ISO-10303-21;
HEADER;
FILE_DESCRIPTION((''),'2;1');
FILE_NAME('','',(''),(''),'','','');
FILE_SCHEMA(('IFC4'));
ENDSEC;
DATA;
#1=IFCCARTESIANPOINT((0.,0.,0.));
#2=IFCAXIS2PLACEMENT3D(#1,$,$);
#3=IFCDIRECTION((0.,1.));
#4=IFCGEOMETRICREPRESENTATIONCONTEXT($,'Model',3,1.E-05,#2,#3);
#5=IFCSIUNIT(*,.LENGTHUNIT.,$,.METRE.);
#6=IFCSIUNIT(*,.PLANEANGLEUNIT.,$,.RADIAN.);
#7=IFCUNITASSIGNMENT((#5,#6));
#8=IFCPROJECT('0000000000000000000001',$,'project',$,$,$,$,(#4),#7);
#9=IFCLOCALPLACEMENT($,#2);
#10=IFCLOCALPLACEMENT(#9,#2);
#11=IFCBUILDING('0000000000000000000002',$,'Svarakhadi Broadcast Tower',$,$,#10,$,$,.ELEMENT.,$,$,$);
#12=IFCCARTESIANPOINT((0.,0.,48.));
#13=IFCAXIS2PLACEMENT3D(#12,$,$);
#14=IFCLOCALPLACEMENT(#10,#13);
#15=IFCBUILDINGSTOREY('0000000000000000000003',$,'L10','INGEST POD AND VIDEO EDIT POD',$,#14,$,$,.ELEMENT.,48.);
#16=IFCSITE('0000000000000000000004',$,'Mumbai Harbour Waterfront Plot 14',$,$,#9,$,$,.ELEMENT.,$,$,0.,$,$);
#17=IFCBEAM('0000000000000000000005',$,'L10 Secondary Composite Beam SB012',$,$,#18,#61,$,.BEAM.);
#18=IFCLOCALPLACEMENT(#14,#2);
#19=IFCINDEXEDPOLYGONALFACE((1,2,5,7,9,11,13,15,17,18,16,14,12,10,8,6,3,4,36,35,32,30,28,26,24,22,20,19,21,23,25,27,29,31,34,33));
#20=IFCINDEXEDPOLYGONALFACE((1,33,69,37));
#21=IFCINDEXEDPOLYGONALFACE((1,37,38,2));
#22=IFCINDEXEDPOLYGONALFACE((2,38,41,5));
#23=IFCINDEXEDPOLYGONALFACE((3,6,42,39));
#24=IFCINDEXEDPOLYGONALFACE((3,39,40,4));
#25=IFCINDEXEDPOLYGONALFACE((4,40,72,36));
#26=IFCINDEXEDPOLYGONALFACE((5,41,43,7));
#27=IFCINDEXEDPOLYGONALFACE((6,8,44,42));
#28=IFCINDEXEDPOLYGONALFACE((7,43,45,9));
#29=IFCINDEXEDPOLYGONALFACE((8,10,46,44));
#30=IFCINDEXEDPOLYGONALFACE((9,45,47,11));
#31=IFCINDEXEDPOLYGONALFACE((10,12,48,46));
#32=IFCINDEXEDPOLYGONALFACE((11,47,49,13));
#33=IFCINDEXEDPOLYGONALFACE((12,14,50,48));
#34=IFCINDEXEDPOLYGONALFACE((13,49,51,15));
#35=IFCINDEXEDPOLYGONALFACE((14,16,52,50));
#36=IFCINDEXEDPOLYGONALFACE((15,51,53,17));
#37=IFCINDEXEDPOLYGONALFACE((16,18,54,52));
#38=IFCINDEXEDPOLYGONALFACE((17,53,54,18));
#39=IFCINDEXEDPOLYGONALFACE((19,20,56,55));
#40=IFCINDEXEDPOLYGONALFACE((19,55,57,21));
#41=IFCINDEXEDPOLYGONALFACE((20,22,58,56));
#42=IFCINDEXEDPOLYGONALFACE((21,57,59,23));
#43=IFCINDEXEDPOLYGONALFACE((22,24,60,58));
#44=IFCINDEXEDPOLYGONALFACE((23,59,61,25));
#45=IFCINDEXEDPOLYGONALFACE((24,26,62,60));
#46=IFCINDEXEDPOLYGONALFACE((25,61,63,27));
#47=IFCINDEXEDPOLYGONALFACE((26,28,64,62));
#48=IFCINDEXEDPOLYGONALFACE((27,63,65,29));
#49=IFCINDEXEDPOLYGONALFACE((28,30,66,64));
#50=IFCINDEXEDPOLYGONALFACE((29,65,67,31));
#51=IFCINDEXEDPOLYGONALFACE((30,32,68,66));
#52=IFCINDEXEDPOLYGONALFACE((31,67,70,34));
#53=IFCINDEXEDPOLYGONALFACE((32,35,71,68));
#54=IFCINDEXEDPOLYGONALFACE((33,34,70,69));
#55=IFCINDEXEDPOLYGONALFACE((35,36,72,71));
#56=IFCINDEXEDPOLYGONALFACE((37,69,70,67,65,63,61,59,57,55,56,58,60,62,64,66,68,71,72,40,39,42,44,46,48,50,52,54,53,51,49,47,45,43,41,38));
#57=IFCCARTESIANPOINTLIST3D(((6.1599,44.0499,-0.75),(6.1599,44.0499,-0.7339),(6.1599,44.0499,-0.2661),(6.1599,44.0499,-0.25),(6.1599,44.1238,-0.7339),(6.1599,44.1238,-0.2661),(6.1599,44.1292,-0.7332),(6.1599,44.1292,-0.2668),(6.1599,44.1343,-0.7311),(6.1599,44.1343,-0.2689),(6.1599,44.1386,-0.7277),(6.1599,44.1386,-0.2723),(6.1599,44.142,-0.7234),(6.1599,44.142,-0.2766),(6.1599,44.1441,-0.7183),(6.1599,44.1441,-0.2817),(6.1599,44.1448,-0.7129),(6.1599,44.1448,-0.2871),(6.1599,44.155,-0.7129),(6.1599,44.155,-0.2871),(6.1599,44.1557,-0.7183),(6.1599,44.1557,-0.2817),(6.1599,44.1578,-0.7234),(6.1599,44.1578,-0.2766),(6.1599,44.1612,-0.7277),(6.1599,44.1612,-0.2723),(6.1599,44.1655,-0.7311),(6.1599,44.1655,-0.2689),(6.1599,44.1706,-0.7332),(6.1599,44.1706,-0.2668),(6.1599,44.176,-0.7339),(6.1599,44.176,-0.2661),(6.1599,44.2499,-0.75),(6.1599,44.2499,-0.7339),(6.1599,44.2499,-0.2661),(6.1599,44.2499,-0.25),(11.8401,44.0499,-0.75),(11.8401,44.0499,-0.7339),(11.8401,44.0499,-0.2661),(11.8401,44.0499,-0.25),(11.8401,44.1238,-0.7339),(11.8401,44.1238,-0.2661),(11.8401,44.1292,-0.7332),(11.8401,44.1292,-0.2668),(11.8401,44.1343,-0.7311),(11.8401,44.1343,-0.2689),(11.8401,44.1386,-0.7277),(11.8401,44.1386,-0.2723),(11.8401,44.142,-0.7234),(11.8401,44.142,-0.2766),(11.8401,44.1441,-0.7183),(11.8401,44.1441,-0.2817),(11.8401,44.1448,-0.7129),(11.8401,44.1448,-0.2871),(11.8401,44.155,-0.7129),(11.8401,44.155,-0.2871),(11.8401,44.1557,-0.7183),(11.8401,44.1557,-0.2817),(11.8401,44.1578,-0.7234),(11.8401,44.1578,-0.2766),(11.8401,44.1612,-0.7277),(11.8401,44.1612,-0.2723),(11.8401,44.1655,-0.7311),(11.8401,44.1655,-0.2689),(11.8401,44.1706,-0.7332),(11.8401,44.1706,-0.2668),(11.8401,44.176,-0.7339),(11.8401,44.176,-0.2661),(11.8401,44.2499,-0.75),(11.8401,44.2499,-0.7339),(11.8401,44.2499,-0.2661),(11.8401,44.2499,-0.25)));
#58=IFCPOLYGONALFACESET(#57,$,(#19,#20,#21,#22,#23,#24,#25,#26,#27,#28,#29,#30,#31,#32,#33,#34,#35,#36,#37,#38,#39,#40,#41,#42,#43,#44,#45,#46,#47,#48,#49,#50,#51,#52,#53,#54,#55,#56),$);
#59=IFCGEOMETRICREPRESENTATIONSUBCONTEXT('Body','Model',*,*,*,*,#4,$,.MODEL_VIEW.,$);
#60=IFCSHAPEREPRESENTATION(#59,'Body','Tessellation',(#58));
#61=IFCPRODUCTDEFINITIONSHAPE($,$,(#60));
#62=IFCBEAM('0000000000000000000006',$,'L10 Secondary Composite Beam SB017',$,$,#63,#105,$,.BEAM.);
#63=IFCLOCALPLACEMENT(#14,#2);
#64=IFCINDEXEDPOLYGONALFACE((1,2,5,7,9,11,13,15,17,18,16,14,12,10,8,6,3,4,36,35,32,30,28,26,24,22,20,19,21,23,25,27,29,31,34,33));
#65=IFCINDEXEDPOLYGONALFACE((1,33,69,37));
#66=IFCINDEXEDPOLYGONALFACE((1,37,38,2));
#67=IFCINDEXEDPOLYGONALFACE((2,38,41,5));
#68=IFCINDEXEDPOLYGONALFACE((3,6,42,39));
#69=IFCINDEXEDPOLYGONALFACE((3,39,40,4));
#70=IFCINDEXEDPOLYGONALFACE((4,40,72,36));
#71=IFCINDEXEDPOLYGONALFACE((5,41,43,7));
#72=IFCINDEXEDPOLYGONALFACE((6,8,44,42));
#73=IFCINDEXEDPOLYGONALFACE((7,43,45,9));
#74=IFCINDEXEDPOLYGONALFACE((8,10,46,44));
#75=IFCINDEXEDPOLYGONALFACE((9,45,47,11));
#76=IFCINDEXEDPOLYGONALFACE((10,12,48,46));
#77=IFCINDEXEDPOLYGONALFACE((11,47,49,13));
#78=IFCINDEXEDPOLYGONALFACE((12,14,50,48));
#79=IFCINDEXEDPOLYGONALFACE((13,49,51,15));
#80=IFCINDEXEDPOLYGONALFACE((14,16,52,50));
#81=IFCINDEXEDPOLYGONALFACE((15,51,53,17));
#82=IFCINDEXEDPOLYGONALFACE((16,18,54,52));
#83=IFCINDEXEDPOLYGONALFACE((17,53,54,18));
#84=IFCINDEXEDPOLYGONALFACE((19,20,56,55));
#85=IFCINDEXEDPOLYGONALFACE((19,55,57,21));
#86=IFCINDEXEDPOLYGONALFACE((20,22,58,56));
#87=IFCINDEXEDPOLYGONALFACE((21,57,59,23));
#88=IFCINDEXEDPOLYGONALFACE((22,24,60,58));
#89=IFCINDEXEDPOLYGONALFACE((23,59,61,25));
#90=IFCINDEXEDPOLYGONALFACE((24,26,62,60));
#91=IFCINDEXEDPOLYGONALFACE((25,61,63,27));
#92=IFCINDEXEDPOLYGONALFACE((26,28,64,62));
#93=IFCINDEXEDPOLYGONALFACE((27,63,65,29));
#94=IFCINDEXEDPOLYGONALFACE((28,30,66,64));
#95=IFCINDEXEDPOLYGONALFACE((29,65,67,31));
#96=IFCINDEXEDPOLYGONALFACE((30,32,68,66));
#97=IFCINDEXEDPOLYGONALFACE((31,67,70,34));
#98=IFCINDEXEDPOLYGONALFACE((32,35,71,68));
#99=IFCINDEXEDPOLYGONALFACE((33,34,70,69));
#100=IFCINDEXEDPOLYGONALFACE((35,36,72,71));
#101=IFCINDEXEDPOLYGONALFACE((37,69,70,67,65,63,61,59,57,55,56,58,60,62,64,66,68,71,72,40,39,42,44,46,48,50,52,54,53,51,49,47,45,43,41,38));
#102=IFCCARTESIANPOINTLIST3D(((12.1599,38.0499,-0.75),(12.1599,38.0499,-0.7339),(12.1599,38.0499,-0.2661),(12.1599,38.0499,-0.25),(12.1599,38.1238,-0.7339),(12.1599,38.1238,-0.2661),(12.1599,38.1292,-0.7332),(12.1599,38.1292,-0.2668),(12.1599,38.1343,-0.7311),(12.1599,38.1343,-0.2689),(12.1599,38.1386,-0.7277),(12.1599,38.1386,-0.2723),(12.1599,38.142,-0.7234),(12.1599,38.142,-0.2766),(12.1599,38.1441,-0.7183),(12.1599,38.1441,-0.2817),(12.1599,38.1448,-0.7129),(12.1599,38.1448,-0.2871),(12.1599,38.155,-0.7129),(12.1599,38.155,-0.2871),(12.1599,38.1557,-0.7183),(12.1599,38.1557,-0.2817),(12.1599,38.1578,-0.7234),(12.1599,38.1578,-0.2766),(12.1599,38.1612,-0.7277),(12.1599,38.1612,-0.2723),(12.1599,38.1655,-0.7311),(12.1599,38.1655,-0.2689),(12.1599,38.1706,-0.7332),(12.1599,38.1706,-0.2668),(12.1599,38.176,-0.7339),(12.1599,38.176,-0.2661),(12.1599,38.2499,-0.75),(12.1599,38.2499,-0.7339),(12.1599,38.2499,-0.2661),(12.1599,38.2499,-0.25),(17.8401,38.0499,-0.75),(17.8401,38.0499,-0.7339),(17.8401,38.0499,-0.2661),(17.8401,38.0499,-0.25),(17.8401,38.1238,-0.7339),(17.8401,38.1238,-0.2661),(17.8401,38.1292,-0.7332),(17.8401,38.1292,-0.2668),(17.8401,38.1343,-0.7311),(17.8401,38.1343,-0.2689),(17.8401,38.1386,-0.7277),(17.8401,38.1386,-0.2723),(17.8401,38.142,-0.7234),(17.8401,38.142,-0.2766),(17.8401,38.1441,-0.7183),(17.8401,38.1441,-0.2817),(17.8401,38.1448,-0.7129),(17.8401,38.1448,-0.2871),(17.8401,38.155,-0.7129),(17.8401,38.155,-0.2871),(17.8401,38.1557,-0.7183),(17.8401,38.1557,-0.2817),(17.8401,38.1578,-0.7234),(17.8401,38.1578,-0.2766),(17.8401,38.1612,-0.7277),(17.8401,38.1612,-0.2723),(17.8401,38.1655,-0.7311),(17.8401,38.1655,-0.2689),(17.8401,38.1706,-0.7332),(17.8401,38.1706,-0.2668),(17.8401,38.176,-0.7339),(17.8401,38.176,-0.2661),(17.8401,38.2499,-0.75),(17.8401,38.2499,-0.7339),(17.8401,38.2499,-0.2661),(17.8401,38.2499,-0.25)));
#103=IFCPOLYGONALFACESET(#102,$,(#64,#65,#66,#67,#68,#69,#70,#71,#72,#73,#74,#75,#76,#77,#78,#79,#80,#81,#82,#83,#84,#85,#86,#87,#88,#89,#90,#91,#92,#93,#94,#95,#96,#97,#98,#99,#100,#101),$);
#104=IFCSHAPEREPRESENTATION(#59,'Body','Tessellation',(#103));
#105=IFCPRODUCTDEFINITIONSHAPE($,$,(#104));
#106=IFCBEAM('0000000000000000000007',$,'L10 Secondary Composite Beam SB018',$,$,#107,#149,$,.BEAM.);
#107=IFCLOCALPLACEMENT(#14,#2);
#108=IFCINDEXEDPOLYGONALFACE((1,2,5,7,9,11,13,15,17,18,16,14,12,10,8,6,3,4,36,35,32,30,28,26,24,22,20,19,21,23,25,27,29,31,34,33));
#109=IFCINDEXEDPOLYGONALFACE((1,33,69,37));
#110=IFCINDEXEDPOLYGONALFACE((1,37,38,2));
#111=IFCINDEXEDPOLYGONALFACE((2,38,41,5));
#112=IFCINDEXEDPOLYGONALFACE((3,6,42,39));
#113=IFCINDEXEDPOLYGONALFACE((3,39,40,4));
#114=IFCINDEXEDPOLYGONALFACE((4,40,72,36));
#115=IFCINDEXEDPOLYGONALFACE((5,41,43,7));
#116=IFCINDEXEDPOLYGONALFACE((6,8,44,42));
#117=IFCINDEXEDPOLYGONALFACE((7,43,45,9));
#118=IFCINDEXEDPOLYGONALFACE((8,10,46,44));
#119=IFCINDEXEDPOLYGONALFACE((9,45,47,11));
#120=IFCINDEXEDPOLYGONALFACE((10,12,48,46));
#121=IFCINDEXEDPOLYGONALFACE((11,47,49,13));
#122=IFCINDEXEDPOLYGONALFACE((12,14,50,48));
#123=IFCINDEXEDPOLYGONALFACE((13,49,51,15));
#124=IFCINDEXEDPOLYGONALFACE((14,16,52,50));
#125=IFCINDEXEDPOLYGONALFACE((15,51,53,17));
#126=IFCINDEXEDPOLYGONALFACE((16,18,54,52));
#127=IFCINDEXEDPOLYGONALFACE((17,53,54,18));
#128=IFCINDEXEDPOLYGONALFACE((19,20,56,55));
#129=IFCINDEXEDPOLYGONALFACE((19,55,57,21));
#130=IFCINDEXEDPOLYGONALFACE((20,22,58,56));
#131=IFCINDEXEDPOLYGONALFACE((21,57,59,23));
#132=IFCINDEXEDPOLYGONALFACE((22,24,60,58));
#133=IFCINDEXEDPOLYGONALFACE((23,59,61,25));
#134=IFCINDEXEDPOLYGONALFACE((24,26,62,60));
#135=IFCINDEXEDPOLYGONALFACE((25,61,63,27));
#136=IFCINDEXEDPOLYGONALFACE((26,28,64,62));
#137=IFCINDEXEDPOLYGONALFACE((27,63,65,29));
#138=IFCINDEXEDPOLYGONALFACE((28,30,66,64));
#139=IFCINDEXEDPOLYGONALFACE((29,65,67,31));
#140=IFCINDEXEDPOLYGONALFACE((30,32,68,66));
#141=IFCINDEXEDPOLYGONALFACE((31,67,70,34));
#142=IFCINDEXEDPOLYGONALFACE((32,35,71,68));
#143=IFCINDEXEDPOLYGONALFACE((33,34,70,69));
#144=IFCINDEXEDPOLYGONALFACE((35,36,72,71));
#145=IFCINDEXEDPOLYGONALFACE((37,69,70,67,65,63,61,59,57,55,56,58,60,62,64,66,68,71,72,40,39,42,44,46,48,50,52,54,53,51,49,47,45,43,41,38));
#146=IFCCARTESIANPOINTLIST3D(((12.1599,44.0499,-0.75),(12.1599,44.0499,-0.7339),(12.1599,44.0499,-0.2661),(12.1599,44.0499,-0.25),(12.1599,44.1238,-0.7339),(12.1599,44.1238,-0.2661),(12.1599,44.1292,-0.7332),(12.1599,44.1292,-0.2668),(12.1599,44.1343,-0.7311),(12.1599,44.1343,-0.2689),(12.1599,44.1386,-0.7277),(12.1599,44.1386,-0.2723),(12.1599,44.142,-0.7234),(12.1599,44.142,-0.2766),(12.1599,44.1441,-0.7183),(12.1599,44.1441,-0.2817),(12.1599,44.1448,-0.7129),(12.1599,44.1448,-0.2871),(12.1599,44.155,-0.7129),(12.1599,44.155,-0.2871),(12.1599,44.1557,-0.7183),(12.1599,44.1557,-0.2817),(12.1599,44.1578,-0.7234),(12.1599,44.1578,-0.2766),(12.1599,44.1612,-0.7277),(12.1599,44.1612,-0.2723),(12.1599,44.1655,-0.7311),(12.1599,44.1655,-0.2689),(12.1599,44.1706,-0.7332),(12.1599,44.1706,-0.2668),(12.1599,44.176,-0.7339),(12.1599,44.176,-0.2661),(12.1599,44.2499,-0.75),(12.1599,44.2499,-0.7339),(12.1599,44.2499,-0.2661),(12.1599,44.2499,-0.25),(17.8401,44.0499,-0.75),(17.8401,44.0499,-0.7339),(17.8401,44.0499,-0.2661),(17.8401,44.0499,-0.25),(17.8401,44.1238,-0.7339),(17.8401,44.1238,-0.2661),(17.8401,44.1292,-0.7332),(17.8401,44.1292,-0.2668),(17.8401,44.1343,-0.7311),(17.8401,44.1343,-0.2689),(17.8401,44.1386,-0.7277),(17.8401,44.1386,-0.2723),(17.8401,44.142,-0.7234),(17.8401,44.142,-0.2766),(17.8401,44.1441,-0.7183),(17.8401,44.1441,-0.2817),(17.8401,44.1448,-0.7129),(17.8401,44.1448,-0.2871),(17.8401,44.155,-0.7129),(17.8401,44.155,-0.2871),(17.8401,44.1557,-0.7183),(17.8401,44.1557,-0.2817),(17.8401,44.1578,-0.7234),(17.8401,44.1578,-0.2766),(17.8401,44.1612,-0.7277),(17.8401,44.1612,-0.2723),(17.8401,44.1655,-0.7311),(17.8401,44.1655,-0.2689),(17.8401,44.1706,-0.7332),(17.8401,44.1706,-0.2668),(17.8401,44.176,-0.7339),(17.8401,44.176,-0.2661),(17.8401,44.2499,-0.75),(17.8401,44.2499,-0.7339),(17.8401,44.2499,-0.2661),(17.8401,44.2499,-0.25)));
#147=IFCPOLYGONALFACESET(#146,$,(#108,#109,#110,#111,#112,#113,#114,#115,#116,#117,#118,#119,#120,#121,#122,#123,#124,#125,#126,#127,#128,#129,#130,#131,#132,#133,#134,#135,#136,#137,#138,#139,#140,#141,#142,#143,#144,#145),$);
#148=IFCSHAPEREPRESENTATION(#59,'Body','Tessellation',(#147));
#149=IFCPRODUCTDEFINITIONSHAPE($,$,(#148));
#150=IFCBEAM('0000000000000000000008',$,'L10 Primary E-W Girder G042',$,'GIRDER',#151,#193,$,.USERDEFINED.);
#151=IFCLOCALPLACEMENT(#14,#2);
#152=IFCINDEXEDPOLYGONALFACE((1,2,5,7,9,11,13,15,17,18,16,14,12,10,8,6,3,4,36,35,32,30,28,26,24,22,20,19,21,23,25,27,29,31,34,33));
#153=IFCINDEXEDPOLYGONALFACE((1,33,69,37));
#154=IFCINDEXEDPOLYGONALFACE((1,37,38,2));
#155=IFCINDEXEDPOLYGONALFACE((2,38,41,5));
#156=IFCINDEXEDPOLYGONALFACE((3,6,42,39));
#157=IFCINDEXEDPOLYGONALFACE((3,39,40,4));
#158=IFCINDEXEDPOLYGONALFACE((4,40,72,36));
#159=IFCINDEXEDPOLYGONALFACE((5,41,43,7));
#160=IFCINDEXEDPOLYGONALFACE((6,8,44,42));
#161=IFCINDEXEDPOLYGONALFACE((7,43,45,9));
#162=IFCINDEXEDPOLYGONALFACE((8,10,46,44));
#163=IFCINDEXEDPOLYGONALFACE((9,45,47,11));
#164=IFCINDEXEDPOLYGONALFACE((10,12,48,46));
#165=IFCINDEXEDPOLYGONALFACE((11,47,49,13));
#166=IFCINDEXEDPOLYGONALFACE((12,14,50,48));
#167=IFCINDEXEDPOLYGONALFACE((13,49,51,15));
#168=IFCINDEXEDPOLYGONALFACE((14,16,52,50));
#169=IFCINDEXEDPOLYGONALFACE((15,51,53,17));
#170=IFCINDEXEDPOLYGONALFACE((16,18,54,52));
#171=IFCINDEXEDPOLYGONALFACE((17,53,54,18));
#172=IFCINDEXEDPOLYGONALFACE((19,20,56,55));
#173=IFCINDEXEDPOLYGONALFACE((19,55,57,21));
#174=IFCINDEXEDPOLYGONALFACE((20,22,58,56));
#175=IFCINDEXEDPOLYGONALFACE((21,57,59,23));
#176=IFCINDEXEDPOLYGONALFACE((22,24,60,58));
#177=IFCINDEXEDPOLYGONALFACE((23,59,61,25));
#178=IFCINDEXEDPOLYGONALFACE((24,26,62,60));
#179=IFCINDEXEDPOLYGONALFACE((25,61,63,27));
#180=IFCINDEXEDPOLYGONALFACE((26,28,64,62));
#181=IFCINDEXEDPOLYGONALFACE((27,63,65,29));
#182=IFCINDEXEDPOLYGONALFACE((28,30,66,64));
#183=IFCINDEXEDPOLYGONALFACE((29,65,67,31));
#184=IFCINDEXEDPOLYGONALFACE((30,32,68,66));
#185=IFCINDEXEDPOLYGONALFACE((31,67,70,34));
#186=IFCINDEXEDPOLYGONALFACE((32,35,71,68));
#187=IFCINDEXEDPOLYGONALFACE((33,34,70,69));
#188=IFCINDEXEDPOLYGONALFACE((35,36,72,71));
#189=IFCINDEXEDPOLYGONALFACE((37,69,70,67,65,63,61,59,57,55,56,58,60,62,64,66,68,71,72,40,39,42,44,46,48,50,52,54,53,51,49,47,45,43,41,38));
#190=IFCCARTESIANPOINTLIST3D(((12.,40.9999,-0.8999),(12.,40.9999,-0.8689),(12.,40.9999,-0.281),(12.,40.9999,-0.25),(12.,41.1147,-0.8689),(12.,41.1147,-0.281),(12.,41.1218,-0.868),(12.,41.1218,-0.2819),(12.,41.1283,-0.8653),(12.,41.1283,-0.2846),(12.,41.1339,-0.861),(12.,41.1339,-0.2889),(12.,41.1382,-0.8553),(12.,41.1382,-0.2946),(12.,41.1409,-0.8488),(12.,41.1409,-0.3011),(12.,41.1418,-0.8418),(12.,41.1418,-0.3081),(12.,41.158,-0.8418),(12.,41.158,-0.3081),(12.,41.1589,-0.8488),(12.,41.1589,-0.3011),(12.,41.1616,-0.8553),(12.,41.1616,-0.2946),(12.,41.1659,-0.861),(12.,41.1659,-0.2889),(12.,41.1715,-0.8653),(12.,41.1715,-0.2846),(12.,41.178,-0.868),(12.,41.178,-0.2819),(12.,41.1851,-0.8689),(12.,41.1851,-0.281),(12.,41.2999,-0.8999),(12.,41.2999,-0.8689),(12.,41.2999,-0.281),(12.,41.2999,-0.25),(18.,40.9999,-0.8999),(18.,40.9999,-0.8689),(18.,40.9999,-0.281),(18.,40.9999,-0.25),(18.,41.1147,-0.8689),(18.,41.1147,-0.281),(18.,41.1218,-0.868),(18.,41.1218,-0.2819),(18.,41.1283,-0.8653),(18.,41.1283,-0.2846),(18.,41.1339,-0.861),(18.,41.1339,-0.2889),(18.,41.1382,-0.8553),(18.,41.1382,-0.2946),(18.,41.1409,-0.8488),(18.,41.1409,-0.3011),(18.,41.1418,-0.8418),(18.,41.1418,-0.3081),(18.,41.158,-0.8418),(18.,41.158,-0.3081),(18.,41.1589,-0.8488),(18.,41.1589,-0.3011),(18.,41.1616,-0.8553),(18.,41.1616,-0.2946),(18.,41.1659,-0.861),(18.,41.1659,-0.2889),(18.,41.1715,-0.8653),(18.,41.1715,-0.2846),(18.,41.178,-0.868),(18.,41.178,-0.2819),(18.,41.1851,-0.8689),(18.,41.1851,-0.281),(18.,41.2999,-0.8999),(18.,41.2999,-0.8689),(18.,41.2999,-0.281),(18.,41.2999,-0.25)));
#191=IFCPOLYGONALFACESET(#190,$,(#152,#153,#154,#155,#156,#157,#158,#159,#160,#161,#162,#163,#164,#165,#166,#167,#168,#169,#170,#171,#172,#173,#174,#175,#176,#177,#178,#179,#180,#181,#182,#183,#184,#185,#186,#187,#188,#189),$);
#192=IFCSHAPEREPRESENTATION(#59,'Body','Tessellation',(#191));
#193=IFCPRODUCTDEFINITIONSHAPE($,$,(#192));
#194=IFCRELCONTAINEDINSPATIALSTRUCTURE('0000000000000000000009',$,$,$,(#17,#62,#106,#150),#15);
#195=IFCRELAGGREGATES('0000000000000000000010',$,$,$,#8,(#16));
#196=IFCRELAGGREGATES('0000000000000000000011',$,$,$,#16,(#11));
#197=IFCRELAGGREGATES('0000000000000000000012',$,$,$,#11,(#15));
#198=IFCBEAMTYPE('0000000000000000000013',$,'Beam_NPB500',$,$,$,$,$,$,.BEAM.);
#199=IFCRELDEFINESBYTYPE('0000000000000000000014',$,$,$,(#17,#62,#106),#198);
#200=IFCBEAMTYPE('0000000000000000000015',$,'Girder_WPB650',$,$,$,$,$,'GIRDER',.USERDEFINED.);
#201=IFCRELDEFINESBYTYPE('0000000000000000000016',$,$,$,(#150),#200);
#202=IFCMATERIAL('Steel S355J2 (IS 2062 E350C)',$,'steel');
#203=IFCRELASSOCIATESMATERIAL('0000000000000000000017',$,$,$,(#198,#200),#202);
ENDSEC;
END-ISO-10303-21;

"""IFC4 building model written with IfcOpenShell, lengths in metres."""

from ifc_helpers import new_model, si_unit, direction, frame, origin, origin_2d, place, context, subcontext, project, spatial, i_section, extrude, material, material_profile, profile_set, type_object, element, save


model = new_model("IFC4")

# Units and contexts
model_context = context("Model", 3, precision=1e-05, world=origin(), true_north=direction((0.0, 1.0)))
body_context = subcontext(model_context, "Body", "Model", "MODEL_VIEW")
ifc_project = project(units=[si_unit("LENGTHUNIT", "METRE"), si_unit("PLANEANGLEUNIT", "RADIAN")], contexts=[model_context])

# Site, building, storey
site_placement = place(None, origin())
site = spatial("IfcSite", under=ifc_project, at=site_placement, Name="Mumbai Harbour Waterfront Plot 14", CompositionType="ELEMENT", RefElevation=0.0)
building_placement = place(site_placement, origin())
building = spatial("IfcBuilding", under=site, at=building_placement, Name="Svarakhadi Broadcast Tower", CompositionType="ELEMENT")
storey_placement = place(building_placement, frame((0.0, 0.0, 48.0)))
storey = spatial("IfcBuildingStorey", under=building, at=storey_placement, Name="L10", Description="INGEST POD AND VIDEO EDIT POD", CompositionType="ELEMENT", Elevation=48.0)

# Beams
ifc_material_1 = material(Name="Steel S355J2 (IS 2062 E350C)", Category="steel")
ifc_material_profile_1 = material_profile(ifc_material_1, i_section(OverallWidth=0.2, OverallDepth=0.5, WebThickness=0.0103, FlangeThickness=0.0161, FilletRadius=0.021, at=origin_2d()), Name="NPB 500x200x91")
ifc_profile_set_1 = profile_set([ifc_material_profile_1], Name="Steel S355J2 (IS 2062 E350C)")
beam_type_1 = type_object("IfcBeamType", Name="Beam_NPB500", PredefinedType="BEAM", material=ifc_profile_set_1)
for number, where, z_axis, x_axis, name in (
    (1, (6.1599, 44.1499, -0.5), (1.0, 0.0, 0.0), (0.0, 1.0, 0.0), "L10 Secondary Composite Beam SB012"),
    (2, (12.1599, 38.1499, -0.5), (1.0, 0.0, 0.0), (0.0, 1.0, 0.0), "L10 Secondary Composite Beam SB017"),
    (3, (12.1599, 44.1499, -0.5), (1.0, 0.0, 0.0), (0.0, 1.0, 0.0), "L10 Secondary Composite Beam SB018"),
):
    element("IfcBeam", number, at=place(storey_placement, frame(where, z_axis=z_axis, x_axis=x_axis)), inside=storey, type_object=beam_type_1, Name=name, PredefinedType="BEAM", context=body_context, shape_type="SweptSolid", body=[
        extrude(i_section(OverallWidth=0.2, OverallDepth=0.5, WebThickness=0.0103, FlangeThickness=0.0161, FilletRadius=0.021, at=origin_2d()), origin(), (0.0, 0.0, 1.0), 5.6802),
    ])
ifc_material_profile_2 = material_profile(ifc_material_1, i_section(OverallWidth=0.3, OverallDepth=0.6499, WebThickness=0.0161, FlangeThickness=0.031, FilletRadius=0.0271, at=origin_2d()), Name="WPB 650x300x225")
ifc_profile_set_2 = profile_set([ifc_material_profile_2], Name="Steel S355J2 (IS 2062 E350C)")
beam_type_2 = type_object("IfcBeamType", Name="Girder_WPB650", ElementType="GIRDER", PredefinedType="USERDEFINED", material=ifc_profile_set_2)
for number, where, z_axis, x_axis, name in (
    (4, (12.0, 41.1499, -0.575), (1.0, 0.0, 0.0), (0.0, 1.0, 0.0), "L10 Primary E-W Girder G042"),
):
    element("IfcBeam", number, at=place(storey_placement, frame(where, z_axis=z_axis, x_axis=x_axis)), inside=storey, type_object=beam_type_2, Name=name, ObjectType="GIRDER", PredefinedType="USERDEFINED", context=body_context, shape_type="SweptSolid", body=[
        extrude(i_section(OverallWidth=0.3, OverallDepth=0.6499, WebThickness=0.0161, FlangeThickness=0.031, FilletRadius=0.0271, at=origin_2d()), origin(), (0.0, 0.0, 1.0), 6.0),
    ])

save(model, "model.ifc")
